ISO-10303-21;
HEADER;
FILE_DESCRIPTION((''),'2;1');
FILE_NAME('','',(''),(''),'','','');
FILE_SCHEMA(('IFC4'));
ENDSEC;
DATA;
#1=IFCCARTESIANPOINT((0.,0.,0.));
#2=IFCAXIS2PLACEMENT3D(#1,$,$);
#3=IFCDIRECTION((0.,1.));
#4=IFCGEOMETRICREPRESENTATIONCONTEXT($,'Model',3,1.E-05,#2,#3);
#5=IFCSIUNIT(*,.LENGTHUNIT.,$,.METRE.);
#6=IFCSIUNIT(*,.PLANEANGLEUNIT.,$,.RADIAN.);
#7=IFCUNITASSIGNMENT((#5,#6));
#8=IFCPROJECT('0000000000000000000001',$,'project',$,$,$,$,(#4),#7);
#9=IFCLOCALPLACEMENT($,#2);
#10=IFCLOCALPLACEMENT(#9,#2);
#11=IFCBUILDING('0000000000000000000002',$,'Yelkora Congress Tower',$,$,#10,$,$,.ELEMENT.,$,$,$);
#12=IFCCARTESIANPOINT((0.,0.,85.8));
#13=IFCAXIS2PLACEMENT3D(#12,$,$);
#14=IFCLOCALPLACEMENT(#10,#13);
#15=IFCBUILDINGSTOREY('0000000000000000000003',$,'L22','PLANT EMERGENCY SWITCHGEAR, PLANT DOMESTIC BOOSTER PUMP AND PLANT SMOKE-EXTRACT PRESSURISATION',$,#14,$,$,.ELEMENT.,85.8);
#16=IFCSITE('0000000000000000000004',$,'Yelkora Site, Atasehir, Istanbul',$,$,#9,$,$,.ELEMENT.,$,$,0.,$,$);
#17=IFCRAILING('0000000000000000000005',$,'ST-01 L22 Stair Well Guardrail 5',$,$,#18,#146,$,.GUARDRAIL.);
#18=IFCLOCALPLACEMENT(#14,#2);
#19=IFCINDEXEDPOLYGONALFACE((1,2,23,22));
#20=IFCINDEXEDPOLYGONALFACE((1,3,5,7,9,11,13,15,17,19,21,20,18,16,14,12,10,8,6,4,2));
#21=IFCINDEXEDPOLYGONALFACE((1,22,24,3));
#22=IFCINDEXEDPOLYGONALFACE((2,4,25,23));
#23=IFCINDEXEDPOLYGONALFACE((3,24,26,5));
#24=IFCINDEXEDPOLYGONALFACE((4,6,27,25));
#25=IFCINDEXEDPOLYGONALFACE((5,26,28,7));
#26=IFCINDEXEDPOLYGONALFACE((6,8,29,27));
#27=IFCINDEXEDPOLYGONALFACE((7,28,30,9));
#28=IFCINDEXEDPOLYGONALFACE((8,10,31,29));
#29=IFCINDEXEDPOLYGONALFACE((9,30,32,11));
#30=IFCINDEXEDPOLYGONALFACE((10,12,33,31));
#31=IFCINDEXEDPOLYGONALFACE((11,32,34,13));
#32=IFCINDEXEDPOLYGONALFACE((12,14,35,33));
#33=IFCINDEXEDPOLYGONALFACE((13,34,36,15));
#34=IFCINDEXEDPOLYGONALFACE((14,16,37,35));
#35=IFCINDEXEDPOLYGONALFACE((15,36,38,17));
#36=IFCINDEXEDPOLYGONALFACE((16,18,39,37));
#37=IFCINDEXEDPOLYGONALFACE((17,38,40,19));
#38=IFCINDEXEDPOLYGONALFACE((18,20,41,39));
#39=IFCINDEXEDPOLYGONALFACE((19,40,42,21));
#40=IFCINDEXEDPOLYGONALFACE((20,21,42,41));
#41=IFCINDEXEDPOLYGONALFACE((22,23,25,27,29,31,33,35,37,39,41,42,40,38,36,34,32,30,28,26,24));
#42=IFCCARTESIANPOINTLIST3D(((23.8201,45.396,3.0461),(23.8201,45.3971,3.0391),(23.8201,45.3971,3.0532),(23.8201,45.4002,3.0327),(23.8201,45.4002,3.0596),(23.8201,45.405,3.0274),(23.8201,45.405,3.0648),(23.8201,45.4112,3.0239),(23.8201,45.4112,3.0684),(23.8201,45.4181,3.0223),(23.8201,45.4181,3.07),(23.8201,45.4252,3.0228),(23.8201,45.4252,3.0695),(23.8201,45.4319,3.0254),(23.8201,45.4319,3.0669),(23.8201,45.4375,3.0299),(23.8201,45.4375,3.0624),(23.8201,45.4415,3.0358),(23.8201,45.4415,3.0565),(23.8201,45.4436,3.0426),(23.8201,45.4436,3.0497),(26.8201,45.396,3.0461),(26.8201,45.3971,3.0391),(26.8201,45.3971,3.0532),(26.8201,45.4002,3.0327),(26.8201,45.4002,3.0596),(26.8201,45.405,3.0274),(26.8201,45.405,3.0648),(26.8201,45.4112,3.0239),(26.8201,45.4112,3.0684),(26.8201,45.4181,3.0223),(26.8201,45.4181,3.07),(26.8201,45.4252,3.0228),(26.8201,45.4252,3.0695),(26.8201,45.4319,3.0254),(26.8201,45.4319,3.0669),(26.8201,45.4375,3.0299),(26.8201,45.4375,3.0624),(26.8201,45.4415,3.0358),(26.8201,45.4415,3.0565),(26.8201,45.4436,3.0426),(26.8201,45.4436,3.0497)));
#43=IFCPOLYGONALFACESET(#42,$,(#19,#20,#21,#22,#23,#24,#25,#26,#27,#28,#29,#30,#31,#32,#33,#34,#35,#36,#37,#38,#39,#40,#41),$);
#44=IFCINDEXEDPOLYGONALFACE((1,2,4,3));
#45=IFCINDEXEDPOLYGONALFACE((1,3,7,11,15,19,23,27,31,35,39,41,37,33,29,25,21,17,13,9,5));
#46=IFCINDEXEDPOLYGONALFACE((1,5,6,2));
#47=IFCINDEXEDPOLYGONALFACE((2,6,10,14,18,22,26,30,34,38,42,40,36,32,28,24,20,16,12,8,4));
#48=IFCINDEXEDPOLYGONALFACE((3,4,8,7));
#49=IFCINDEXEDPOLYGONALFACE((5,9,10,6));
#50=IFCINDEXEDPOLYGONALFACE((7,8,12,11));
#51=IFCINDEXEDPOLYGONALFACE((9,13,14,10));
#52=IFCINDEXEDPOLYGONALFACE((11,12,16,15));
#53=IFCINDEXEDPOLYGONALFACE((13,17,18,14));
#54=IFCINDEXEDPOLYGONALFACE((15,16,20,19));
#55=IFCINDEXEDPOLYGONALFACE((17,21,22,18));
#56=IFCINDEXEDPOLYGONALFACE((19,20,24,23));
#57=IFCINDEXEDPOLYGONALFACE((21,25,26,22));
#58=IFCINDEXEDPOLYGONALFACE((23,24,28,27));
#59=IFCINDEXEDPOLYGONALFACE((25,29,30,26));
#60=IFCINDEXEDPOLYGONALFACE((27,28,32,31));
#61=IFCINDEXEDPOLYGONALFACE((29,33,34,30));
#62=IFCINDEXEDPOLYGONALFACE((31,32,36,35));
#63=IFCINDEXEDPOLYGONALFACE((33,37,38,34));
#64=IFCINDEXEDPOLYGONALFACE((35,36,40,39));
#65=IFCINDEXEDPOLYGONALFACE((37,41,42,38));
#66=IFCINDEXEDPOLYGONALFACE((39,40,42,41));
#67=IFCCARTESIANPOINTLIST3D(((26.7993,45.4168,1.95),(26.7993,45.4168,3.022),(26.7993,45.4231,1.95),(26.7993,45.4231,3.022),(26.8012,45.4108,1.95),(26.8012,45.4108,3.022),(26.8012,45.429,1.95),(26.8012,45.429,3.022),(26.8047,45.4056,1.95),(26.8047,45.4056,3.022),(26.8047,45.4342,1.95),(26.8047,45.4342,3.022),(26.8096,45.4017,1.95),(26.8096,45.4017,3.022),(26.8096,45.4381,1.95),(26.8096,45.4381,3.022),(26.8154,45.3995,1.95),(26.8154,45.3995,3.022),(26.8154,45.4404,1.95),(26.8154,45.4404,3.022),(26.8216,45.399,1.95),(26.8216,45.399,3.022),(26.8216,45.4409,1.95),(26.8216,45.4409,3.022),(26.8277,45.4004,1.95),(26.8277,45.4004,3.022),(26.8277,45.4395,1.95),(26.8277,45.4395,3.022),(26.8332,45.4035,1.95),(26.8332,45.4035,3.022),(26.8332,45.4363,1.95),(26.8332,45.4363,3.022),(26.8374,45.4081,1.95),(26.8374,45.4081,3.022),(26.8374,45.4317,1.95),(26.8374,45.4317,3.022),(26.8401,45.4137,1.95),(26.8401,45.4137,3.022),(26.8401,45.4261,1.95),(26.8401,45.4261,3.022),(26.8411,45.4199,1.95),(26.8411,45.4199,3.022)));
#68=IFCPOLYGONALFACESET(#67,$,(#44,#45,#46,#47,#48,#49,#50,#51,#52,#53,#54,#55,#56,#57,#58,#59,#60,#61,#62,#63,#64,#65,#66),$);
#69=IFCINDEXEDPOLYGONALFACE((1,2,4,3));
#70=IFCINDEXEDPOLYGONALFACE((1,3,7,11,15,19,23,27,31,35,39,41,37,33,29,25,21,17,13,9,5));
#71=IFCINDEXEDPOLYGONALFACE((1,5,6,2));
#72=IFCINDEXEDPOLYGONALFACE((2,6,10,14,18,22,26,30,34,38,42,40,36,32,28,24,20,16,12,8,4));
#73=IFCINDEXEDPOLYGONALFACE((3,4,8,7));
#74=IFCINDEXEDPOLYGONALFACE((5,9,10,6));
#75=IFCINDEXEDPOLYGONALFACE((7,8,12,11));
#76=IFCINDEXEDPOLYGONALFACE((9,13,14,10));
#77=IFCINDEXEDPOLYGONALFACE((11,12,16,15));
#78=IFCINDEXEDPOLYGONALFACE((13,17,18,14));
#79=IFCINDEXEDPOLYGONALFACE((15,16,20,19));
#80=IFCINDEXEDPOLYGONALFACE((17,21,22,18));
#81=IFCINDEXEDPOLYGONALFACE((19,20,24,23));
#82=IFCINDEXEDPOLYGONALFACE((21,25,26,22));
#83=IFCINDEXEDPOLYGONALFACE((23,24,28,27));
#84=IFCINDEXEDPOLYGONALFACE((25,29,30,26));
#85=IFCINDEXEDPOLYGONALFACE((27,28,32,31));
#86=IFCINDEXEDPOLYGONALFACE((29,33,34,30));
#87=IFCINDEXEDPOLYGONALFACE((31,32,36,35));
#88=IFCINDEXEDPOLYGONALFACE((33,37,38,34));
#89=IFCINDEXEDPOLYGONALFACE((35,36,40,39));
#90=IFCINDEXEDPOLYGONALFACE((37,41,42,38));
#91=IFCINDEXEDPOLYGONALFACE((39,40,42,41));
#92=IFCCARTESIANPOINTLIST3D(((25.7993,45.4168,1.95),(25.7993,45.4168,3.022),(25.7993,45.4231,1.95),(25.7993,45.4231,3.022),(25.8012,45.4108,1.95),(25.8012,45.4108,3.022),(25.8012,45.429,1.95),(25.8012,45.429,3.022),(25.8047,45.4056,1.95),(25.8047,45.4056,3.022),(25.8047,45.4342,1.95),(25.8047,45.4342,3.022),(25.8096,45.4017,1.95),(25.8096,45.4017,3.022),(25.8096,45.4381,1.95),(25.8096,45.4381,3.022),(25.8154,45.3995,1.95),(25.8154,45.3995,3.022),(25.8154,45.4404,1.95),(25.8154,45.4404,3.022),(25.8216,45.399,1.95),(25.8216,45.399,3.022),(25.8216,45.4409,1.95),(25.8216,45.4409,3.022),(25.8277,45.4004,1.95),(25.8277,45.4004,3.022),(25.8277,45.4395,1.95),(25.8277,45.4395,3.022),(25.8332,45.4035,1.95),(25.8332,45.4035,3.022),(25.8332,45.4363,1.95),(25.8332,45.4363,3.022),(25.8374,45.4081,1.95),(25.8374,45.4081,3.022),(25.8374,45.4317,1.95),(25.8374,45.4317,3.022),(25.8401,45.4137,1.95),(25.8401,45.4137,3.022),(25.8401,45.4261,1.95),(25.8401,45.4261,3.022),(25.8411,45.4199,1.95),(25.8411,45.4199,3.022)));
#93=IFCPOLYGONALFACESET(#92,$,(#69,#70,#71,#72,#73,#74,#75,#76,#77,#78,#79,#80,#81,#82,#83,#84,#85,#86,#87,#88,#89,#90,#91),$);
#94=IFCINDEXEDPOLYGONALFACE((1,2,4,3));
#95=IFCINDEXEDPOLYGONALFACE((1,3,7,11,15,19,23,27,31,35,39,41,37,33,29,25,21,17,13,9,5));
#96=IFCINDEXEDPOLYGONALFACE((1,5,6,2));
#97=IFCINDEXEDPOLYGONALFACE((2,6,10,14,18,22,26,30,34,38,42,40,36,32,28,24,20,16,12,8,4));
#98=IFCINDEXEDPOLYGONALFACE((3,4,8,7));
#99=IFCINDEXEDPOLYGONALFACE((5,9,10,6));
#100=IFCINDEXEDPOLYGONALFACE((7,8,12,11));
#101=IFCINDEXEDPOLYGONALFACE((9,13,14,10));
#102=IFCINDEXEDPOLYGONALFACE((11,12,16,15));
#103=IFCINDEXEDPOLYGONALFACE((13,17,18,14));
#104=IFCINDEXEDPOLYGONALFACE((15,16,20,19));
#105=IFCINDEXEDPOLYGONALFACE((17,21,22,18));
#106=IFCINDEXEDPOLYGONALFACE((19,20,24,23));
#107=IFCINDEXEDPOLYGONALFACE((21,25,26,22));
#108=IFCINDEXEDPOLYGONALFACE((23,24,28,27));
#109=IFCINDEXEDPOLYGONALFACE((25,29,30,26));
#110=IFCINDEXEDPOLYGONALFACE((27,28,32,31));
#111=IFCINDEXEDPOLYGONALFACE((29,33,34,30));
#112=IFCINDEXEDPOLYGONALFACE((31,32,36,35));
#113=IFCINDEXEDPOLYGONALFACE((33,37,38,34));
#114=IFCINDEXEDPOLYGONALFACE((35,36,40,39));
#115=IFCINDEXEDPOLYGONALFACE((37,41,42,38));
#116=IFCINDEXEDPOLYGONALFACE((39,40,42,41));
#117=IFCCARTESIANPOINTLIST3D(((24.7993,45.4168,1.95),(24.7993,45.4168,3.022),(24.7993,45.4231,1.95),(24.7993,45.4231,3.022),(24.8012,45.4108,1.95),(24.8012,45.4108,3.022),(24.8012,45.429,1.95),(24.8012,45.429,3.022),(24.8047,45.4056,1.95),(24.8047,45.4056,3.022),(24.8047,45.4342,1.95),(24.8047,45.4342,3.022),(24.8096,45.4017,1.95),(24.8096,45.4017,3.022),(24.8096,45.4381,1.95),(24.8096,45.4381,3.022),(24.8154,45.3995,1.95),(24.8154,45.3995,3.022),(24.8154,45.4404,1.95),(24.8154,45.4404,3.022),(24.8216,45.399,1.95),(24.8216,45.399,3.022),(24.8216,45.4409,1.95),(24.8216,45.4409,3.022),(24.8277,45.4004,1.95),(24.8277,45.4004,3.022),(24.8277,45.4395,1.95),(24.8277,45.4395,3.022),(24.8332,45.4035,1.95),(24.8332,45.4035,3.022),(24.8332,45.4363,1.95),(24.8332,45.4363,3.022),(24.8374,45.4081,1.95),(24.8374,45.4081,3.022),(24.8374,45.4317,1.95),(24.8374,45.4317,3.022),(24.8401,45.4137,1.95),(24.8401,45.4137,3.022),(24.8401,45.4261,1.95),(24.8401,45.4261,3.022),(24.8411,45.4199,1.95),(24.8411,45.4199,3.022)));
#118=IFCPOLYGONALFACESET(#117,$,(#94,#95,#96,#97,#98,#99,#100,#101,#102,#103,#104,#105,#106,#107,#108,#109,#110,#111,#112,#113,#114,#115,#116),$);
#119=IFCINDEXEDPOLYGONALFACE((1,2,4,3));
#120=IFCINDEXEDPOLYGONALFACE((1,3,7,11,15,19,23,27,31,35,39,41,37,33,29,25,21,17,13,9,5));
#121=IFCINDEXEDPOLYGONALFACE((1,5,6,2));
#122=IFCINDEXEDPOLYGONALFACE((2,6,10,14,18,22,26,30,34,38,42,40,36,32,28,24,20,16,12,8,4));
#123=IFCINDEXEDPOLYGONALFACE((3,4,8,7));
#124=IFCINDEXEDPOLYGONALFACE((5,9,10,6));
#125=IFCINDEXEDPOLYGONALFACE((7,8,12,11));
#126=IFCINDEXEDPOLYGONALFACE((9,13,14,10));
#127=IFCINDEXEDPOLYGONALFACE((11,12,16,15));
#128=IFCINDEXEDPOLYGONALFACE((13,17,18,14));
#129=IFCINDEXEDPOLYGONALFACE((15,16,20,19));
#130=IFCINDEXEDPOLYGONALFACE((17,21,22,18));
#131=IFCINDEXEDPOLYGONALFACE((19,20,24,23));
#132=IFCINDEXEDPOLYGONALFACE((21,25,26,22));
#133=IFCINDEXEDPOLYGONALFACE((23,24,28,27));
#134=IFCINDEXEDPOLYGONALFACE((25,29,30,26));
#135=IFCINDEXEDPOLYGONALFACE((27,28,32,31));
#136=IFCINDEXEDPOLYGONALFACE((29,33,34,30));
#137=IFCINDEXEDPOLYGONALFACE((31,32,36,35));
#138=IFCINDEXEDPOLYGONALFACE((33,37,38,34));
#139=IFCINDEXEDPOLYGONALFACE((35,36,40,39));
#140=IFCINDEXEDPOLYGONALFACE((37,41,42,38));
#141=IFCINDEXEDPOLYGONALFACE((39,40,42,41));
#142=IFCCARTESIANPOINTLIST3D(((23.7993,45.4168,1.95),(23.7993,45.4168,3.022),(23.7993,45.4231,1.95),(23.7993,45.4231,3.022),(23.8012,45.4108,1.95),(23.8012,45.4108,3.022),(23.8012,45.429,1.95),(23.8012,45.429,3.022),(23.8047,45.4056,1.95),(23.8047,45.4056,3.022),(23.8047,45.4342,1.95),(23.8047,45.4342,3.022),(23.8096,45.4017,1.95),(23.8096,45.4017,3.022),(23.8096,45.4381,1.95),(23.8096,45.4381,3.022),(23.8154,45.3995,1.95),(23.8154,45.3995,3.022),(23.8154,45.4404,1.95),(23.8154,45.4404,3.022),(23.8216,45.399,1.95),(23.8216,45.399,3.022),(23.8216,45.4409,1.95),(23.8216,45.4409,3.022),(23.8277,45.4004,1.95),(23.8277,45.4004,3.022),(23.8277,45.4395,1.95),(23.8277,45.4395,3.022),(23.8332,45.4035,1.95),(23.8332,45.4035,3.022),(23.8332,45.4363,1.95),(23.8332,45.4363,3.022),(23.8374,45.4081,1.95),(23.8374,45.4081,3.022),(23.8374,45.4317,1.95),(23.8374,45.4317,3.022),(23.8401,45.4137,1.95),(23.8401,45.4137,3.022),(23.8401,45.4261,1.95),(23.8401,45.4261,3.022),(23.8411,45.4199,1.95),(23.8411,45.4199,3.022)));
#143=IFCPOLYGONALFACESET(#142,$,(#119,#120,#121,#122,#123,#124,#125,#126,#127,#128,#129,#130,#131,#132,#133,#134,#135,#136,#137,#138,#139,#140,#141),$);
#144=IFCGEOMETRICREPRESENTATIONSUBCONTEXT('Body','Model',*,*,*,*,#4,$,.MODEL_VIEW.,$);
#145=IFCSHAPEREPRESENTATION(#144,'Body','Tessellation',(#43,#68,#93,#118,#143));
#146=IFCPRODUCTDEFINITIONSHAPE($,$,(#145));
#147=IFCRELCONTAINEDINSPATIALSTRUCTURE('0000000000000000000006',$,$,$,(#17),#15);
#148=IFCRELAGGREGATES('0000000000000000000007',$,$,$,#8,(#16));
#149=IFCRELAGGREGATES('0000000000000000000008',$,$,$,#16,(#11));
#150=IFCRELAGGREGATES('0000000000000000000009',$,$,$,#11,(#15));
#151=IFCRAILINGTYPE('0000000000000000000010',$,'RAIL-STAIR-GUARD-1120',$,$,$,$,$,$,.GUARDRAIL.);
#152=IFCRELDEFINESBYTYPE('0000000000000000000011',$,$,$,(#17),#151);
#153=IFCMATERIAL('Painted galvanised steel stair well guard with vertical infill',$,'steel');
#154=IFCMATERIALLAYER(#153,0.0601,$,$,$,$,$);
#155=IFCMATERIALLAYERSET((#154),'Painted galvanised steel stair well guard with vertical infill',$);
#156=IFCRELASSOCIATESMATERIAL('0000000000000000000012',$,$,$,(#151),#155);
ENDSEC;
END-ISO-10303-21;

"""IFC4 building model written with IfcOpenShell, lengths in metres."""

from ifc_helpers import new_model, si_unit, direction, frame, origin, origin_2d, place, context, subcontext, project, spatial, circle, extrude, material, layer, layer_set, type_object, element, save


model = new_model("IFC4")

# Units and contexts
model_context = context("Model", 3, precision=1e-05, world=origin(), true_north=direction((0.0, 1.0)))
body_context = subcontext(model_context, "Body", "Model", "MODEL_VIEW")
ifc_project = project(units=[si_unit("LENGTHUNIT", "METRE"), si_unit("PLANEANGLEUNIT", "RADIAN")], contexts=[model_context])

# Site, building, storey
site_placement = place(None, origin())
site = spatial("IfcSite", under=ifc_project, at=site_placement, Name="Yelkora Site, Atasehir, Istanbul", CompositionType="ELEMENT", RefElevation=0.0)
building_placement = place(site_placement, origin())
building = spatial("IfcBuilding", under=site, at=building_placement, Name="Yelkora Congress Tower", CompositionType="ELEMENT")
storey_placement = place(building_placement, frame((0.0, 0.0, 85.8)))
storey = spatial("IfcBuildingStorey", under=building, at=storey_placement, Name="L22", Description="PLANT EMERGENCY SWITCHGEAR, PLANT DOMESTIC BOOSTER PUMP AND PLANT SMOKE-EXTRACT PRESSURISATION", CompositionType="ELEMENT", Elevation=85.8)

# Railing
ifc_material_1 = material(Name="Painted galvanised steel stair well guard with vertical infill", Category="steel")
ifc_layer_1 = layer(ifc_material_1, 0.0601)
ifc_layer_set_1 = layer_set([ifc_layer_1], Name="Painted galvanised steel stair well guard with vertical infill")
railing_type_1 = type_object("IfcRailingType", Name="RAIL-STAIR-GUARD-1120", PredefinedType="GUARDRAIL", material=ifc_layer_set_1)
railing_1_placement = place(storey_placement, frame((26.8201, 45.4199, 1.95)))
element("IfcRailing", 1, at=railing_1_placement, inside=storey, type_object=railing_type_1, Name="ST-01 L22 Stair Well Guardrail 5", PredefinedType="GUARDRAIL", context=body_context, shape_type="SweptSolid", body=[
    extrude(circle(Radius=0.0239, at=origin_2d()), frame((0.0, 0.0, 1.0962), z_axis=(-1.0, 0.0, 0.0), x_axis=(0.0, -1.0, 0.0)), (0.0, 0.0, 1.0), 3.0),
    extrude(circle(Radius=0.021, at=origin_2d()), origin(), (0.0, 0.0, 1.0), 1.072),
    extrude(circle(Radius=0.021, at=origin_2d()), frame((-1.0, 0.0, 0.0)), (0.0, 0.0, 1.0), 1.072),
    extrude(circle(Radius=0.021, at=origin_2d()), frame((-2.0, 0.0, 0.0)), (0.0, 0.0, 1.0), 1.072),
    extrude(circle(Radius=0.021, at=origin_2d()), frame((-3.0, 0.0, 0.0)), (0.0, 0.0, 1.0), 1.072),
])

save(model, "model.ifc")
